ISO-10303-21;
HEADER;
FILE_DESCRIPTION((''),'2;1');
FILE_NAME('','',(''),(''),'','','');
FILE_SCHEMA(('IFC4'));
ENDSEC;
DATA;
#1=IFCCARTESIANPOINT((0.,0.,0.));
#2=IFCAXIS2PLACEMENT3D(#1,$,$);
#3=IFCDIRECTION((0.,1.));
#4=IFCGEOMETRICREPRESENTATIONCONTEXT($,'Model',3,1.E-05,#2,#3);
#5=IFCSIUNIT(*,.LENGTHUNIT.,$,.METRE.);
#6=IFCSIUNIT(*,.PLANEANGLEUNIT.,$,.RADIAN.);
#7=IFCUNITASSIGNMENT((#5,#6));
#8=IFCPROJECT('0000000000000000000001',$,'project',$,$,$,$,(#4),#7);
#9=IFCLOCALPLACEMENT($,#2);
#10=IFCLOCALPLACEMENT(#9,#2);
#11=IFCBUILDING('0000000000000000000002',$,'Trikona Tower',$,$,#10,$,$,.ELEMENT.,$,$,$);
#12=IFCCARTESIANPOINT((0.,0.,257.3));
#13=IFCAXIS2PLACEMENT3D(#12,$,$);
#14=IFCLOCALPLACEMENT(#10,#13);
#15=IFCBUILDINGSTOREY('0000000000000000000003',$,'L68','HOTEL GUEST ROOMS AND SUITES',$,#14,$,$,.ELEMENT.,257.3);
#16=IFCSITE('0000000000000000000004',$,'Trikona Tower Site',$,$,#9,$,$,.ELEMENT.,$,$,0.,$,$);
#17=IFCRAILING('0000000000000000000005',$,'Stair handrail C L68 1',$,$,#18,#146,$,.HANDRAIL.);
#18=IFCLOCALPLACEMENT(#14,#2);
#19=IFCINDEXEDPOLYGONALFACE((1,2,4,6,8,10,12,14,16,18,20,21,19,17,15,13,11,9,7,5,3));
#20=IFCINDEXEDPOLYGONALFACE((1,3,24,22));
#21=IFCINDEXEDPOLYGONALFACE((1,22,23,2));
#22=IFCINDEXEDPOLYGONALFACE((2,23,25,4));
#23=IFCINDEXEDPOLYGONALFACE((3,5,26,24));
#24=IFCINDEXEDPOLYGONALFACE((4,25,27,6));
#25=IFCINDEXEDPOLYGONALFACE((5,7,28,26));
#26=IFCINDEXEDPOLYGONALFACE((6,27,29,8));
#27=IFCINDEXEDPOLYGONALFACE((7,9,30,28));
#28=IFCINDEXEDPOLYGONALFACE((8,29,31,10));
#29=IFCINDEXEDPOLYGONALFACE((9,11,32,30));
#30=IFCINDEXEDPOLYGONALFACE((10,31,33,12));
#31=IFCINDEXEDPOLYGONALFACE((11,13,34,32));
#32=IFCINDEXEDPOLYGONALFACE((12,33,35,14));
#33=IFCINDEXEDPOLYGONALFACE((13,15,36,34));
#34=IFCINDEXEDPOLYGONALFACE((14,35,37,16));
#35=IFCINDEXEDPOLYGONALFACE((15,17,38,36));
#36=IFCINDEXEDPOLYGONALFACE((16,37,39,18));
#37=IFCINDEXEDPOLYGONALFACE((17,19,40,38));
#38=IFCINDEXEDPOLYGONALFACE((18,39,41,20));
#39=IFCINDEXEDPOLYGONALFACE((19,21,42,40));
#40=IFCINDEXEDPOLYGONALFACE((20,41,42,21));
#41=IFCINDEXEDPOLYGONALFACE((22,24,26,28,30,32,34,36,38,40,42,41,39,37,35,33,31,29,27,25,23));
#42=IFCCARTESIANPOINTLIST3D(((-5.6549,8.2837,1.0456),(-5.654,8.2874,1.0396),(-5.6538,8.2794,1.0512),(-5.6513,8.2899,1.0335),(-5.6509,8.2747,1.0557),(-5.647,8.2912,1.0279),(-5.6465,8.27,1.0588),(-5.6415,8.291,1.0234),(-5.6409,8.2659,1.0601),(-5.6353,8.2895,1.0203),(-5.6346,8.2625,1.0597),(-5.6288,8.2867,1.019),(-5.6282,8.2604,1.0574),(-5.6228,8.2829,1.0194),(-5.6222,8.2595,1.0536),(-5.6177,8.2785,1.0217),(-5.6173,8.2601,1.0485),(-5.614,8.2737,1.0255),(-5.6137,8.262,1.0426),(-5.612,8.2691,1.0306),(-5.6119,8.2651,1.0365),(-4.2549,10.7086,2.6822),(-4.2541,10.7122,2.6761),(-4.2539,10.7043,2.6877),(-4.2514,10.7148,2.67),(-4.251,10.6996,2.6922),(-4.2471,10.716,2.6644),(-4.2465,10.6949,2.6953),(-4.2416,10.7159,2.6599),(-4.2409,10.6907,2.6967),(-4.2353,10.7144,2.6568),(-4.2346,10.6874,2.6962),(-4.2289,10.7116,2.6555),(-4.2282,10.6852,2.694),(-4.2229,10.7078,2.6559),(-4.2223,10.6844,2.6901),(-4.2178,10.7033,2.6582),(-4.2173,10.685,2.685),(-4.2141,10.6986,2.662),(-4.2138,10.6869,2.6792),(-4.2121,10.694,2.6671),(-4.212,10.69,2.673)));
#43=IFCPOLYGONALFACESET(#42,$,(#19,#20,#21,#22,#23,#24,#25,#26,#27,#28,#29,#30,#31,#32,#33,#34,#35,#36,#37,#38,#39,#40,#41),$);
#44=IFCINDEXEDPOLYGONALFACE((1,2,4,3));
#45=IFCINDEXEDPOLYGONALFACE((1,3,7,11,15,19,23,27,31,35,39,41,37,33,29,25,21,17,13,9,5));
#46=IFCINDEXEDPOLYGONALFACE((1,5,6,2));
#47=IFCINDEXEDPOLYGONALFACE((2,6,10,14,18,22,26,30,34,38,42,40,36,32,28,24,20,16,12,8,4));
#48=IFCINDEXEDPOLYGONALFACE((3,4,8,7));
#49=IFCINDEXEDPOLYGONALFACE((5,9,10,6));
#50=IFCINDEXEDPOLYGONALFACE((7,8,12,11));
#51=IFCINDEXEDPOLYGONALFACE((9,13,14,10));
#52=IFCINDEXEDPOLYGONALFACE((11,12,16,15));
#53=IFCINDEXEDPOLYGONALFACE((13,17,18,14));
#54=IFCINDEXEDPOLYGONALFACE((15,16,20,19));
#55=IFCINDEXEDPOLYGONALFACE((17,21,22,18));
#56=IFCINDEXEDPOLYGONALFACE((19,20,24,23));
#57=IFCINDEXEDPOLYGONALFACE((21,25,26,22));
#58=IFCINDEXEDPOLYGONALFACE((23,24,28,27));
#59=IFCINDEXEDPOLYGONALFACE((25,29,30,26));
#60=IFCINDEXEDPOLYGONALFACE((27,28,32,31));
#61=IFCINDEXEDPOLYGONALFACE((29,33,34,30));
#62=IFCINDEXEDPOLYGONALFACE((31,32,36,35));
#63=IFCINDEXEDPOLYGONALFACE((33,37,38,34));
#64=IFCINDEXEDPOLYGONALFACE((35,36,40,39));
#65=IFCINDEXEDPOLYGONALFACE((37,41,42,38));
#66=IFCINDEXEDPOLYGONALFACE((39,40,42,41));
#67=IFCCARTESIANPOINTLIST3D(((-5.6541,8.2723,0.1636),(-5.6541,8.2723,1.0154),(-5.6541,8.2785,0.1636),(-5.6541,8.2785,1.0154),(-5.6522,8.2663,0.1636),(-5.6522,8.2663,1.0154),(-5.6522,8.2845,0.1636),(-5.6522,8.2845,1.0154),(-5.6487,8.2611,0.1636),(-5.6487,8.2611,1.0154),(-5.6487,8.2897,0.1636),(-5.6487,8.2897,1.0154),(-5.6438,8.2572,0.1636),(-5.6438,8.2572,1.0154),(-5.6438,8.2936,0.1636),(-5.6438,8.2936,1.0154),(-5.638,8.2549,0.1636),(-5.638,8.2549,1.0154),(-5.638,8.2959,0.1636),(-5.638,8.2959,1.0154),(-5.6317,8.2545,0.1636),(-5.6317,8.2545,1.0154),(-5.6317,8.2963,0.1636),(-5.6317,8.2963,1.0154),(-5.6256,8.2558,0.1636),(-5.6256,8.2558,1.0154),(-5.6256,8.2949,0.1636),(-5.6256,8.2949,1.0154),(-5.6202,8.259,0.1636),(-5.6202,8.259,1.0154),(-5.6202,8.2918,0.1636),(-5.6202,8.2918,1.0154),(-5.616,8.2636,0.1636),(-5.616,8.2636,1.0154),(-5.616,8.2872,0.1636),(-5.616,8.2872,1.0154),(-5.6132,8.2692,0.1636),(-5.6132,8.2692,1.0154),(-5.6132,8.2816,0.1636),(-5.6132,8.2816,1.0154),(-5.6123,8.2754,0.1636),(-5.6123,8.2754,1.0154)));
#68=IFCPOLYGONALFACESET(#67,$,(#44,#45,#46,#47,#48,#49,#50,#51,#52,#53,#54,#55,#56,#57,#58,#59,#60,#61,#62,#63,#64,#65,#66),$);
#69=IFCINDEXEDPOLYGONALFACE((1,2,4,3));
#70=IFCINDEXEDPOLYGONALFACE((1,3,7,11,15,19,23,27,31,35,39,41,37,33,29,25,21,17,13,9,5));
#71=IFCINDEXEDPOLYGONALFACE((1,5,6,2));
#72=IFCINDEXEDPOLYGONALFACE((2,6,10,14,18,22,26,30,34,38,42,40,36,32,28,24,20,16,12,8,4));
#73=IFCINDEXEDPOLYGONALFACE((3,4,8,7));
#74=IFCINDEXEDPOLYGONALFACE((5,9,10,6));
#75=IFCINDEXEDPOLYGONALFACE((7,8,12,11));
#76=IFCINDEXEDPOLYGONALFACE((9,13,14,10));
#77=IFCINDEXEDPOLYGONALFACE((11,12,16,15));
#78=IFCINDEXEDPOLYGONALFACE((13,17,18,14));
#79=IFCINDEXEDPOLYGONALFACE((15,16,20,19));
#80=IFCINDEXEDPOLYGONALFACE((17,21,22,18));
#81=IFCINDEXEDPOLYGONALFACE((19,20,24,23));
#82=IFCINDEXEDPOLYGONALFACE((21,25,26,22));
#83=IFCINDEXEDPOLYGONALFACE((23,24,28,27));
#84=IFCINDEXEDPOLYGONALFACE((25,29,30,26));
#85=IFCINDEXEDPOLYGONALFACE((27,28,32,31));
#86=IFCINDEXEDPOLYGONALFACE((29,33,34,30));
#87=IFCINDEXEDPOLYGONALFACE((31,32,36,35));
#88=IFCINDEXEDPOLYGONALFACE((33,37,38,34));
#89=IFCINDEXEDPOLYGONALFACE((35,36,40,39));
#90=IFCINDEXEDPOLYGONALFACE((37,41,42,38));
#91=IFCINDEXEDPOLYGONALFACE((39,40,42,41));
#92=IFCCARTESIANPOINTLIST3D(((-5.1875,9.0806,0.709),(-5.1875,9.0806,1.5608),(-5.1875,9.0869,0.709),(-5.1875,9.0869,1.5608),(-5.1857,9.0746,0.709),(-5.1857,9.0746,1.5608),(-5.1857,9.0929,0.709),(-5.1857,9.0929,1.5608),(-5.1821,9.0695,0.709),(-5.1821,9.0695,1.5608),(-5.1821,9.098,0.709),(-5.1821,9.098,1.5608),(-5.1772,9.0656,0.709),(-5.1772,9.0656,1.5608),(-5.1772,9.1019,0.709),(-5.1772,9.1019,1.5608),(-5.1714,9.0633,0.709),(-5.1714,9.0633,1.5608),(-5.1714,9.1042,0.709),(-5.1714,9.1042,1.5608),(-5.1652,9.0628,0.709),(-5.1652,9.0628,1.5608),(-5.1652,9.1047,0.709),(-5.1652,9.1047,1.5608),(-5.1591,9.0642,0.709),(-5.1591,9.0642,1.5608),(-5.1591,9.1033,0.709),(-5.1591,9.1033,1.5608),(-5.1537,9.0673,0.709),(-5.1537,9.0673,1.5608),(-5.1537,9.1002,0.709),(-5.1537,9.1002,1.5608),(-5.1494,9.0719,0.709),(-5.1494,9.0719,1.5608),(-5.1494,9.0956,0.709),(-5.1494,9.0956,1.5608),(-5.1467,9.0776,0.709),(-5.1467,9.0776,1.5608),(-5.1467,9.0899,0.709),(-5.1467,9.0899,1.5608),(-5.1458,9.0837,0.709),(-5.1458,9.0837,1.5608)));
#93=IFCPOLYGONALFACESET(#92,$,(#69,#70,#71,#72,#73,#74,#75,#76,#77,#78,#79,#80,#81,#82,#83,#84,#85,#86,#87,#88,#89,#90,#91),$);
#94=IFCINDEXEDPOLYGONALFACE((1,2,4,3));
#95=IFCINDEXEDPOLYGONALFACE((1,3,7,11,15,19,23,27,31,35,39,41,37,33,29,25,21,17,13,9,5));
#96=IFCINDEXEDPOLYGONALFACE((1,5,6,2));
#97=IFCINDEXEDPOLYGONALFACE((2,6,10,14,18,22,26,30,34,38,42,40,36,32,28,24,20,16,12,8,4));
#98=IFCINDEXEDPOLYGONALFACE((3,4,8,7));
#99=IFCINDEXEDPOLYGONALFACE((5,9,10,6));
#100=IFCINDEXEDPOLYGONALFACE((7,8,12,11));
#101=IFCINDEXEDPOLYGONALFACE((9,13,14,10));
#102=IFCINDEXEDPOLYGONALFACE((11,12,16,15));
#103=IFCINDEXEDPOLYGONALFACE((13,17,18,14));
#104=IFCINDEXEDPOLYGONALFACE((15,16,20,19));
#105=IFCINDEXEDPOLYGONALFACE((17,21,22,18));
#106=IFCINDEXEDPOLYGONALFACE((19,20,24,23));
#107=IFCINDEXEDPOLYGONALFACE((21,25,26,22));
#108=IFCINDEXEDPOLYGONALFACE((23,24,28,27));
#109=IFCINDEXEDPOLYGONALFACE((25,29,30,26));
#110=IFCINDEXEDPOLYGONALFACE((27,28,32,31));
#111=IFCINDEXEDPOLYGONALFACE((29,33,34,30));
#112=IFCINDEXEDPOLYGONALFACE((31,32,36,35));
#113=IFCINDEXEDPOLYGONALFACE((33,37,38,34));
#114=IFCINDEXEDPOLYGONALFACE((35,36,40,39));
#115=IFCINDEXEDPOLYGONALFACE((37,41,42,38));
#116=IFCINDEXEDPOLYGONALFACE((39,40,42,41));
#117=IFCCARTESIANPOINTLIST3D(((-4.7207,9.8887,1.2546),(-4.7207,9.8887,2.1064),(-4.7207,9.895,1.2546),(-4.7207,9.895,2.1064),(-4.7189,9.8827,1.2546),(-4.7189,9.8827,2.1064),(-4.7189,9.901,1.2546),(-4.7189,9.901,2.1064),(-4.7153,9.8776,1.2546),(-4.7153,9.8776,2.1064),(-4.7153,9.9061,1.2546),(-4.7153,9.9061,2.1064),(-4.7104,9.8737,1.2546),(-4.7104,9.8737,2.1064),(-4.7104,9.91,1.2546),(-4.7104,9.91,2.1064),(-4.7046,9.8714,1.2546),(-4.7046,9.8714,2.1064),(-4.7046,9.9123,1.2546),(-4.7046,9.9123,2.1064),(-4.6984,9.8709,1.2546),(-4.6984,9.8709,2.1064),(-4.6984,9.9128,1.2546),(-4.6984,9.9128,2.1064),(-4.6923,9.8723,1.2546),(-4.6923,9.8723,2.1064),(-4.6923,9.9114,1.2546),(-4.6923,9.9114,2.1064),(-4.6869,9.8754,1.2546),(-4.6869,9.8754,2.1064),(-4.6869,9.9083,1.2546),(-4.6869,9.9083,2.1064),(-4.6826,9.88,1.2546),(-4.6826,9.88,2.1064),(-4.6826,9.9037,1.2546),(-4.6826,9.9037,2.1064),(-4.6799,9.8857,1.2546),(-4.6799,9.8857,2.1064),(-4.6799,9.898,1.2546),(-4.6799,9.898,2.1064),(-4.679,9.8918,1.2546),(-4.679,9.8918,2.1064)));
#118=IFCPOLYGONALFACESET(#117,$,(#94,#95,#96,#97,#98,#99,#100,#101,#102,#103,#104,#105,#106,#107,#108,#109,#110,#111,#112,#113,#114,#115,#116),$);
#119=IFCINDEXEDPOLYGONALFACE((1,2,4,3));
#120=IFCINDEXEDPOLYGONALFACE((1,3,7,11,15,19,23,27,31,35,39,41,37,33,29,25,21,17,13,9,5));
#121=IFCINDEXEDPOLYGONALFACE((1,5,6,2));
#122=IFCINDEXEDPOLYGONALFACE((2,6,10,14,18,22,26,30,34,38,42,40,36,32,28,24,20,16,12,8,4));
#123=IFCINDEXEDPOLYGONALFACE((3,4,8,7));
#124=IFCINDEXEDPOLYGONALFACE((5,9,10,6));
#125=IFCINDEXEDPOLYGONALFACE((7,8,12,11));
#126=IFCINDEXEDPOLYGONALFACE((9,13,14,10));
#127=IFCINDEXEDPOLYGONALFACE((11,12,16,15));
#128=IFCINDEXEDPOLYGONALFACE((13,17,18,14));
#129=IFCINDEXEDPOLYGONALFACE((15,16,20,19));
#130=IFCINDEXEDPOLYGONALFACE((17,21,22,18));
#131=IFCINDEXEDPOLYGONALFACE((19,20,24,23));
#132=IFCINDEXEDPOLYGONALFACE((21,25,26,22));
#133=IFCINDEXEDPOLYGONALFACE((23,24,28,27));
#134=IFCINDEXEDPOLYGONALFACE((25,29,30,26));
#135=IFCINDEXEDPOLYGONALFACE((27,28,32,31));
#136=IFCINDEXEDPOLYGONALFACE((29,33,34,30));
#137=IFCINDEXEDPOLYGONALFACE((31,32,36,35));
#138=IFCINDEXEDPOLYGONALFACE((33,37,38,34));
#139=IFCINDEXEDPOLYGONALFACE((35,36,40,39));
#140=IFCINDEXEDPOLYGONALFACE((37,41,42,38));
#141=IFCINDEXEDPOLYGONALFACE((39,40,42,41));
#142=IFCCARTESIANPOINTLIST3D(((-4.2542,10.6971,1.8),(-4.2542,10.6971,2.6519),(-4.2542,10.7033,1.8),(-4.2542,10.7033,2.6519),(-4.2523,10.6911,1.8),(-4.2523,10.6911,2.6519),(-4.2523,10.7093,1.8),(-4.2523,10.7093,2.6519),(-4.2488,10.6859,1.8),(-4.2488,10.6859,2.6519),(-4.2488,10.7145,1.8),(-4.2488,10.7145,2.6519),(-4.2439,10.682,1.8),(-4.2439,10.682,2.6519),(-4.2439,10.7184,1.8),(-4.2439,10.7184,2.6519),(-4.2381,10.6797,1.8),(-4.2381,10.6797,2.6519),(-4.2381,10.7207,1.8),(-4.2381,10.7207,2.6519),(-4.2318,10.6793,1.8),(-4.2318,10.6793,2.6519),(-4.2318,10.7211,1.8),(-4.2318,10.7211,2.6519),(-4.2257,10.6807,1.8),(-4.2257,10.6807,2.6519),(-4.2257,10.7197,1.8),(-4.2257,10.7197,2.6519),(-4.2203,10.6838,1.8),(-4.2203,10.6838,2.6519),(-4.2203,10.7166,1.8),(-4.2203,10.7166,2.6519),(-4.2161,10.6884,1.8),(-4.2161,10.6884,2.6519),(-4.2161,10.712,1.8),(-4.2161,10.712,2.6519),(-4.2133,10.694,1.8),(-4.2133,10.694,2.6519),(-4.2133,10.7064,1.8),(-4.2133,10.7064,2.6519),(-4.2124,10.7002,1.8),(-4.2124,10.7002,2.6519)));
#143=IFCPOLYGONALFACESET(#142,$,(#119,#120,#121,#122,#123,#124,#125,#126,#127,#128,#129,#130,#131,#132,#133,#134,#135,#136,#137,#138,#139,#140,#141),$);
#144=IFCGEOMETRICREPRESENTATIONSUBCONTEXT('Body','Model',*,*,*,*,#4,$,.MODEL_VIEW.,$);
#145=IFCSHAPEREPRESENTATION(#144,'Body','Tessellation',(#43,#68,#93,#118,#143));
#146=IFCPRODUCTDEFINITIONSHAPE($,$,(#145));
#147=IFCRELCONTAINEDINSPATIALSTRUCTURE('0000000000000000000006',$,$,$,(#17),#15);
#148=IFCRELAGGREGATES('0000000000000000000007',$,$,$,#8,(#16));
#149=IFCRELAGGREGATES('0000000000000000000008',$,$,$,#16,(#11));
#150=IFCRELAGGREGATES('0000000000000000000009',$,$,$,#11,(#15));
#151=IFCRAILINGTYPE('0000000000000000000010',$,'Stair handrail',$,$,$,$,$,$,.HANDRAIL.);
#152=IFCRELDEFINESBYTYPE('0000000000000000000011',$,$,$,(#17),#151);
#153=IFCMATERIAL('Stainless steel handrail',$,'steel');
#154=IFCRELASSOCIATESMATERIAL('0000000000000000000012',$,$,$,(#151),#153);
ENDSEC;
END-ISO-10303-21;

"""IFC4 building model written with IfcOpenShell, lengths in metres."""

from ifc_helpers import new_model, si_unit, direction, frame, origin, origin_2d, place, context, subcontext, project, spatial, circle, extrude, material, type_object, element, save


model = new_model("IFC4")

# Units and contexts
model_context = context("Model", 3, precision=1e-05, world=origin(), true_north=direction((0.0, 1.0)))
body_context = subcontext(model_context, "Body", "Model", "MODEL_VIEW")
ifc_project = project(units=[si_unit("LENGTHUNIT", "METRE"), si_unit("PLANEANGLEUNIT", "RADIAN")], contexts=[model_context])

# Site, building, storey
site_placement = place(None, origin())
site = spatial("IfcSite", under=ifc_project, at=site_placement, Name="Trikona Tower Site", CompositionType="ELEMENT", RefElevation=0.0)
building_placement = place(site_placement, origin())
building = spatial("IfcBuilding", under=site, at=building_placement, Name="Trikona Tower", CompositionType="ELEMENT")
storey_placement = place(building_placement, frame((0.0, 0.0, 257.3)))
storey = spatial("IfcBuildingStorey", under=building, at=storey_placement, Name="L68", Description="HOTEL GUEST ROOMS AND SUITES", CompositionType="ELEMENT", Elevation=257.3)

# Railing
ifc_material_1 = material(Name="Stainless steel handrail", Category="steel")
railing_type = type_object("IfcRailingType", Name="Stair handrail", PredefinedType="HANDRAIL", material=ifc_material_1)
railing_1_placement = place(storey_placement, frame((-5.6333, 8.2754, 0.1636)))
element("IfcRailing", 1, at=railing_1_placement, inside=storey, type_object=railing_type, Name="Stair handrail C L68 1", PredefinedType="HANDRAIL", context=body_context, shape_type="SweptSolid", body=[
    extrude(circle(Radius=0.0239, at=origin_2d()), frame((0.0, 0.0, 0.876), z_axis=(0.431661, 0.74769, 0.504608), x_axis=(-0.866035, 0.499984, 0.0)), (0.0, 0.0, 1.0), 3.2432),
    extrude(circle(Radius=0.021, at=origin_2d()), origin(), (0.0, 0.0, 1.0), 0.8518),
    extrude(circle(Radius=0.021, at=origin_2d()), frame((0.4666, 0.8083, 0.5454)), (0.0, 0.0, 1.0), 0.8518),
    extrude(circle(Radius=0.021, at=origin_2d()), frame((0.9333, 1.6165, 1.0911)), (0.0, 0.0, 1.0), 0.8518),
    extrude(circle(Radius=0.021, at=origin_2d()), frame((1.3999, 2.4248, 1.6365)), (0.0, 0.0, 1.0), 0.8518),
])

save(model, "model.ifc")
